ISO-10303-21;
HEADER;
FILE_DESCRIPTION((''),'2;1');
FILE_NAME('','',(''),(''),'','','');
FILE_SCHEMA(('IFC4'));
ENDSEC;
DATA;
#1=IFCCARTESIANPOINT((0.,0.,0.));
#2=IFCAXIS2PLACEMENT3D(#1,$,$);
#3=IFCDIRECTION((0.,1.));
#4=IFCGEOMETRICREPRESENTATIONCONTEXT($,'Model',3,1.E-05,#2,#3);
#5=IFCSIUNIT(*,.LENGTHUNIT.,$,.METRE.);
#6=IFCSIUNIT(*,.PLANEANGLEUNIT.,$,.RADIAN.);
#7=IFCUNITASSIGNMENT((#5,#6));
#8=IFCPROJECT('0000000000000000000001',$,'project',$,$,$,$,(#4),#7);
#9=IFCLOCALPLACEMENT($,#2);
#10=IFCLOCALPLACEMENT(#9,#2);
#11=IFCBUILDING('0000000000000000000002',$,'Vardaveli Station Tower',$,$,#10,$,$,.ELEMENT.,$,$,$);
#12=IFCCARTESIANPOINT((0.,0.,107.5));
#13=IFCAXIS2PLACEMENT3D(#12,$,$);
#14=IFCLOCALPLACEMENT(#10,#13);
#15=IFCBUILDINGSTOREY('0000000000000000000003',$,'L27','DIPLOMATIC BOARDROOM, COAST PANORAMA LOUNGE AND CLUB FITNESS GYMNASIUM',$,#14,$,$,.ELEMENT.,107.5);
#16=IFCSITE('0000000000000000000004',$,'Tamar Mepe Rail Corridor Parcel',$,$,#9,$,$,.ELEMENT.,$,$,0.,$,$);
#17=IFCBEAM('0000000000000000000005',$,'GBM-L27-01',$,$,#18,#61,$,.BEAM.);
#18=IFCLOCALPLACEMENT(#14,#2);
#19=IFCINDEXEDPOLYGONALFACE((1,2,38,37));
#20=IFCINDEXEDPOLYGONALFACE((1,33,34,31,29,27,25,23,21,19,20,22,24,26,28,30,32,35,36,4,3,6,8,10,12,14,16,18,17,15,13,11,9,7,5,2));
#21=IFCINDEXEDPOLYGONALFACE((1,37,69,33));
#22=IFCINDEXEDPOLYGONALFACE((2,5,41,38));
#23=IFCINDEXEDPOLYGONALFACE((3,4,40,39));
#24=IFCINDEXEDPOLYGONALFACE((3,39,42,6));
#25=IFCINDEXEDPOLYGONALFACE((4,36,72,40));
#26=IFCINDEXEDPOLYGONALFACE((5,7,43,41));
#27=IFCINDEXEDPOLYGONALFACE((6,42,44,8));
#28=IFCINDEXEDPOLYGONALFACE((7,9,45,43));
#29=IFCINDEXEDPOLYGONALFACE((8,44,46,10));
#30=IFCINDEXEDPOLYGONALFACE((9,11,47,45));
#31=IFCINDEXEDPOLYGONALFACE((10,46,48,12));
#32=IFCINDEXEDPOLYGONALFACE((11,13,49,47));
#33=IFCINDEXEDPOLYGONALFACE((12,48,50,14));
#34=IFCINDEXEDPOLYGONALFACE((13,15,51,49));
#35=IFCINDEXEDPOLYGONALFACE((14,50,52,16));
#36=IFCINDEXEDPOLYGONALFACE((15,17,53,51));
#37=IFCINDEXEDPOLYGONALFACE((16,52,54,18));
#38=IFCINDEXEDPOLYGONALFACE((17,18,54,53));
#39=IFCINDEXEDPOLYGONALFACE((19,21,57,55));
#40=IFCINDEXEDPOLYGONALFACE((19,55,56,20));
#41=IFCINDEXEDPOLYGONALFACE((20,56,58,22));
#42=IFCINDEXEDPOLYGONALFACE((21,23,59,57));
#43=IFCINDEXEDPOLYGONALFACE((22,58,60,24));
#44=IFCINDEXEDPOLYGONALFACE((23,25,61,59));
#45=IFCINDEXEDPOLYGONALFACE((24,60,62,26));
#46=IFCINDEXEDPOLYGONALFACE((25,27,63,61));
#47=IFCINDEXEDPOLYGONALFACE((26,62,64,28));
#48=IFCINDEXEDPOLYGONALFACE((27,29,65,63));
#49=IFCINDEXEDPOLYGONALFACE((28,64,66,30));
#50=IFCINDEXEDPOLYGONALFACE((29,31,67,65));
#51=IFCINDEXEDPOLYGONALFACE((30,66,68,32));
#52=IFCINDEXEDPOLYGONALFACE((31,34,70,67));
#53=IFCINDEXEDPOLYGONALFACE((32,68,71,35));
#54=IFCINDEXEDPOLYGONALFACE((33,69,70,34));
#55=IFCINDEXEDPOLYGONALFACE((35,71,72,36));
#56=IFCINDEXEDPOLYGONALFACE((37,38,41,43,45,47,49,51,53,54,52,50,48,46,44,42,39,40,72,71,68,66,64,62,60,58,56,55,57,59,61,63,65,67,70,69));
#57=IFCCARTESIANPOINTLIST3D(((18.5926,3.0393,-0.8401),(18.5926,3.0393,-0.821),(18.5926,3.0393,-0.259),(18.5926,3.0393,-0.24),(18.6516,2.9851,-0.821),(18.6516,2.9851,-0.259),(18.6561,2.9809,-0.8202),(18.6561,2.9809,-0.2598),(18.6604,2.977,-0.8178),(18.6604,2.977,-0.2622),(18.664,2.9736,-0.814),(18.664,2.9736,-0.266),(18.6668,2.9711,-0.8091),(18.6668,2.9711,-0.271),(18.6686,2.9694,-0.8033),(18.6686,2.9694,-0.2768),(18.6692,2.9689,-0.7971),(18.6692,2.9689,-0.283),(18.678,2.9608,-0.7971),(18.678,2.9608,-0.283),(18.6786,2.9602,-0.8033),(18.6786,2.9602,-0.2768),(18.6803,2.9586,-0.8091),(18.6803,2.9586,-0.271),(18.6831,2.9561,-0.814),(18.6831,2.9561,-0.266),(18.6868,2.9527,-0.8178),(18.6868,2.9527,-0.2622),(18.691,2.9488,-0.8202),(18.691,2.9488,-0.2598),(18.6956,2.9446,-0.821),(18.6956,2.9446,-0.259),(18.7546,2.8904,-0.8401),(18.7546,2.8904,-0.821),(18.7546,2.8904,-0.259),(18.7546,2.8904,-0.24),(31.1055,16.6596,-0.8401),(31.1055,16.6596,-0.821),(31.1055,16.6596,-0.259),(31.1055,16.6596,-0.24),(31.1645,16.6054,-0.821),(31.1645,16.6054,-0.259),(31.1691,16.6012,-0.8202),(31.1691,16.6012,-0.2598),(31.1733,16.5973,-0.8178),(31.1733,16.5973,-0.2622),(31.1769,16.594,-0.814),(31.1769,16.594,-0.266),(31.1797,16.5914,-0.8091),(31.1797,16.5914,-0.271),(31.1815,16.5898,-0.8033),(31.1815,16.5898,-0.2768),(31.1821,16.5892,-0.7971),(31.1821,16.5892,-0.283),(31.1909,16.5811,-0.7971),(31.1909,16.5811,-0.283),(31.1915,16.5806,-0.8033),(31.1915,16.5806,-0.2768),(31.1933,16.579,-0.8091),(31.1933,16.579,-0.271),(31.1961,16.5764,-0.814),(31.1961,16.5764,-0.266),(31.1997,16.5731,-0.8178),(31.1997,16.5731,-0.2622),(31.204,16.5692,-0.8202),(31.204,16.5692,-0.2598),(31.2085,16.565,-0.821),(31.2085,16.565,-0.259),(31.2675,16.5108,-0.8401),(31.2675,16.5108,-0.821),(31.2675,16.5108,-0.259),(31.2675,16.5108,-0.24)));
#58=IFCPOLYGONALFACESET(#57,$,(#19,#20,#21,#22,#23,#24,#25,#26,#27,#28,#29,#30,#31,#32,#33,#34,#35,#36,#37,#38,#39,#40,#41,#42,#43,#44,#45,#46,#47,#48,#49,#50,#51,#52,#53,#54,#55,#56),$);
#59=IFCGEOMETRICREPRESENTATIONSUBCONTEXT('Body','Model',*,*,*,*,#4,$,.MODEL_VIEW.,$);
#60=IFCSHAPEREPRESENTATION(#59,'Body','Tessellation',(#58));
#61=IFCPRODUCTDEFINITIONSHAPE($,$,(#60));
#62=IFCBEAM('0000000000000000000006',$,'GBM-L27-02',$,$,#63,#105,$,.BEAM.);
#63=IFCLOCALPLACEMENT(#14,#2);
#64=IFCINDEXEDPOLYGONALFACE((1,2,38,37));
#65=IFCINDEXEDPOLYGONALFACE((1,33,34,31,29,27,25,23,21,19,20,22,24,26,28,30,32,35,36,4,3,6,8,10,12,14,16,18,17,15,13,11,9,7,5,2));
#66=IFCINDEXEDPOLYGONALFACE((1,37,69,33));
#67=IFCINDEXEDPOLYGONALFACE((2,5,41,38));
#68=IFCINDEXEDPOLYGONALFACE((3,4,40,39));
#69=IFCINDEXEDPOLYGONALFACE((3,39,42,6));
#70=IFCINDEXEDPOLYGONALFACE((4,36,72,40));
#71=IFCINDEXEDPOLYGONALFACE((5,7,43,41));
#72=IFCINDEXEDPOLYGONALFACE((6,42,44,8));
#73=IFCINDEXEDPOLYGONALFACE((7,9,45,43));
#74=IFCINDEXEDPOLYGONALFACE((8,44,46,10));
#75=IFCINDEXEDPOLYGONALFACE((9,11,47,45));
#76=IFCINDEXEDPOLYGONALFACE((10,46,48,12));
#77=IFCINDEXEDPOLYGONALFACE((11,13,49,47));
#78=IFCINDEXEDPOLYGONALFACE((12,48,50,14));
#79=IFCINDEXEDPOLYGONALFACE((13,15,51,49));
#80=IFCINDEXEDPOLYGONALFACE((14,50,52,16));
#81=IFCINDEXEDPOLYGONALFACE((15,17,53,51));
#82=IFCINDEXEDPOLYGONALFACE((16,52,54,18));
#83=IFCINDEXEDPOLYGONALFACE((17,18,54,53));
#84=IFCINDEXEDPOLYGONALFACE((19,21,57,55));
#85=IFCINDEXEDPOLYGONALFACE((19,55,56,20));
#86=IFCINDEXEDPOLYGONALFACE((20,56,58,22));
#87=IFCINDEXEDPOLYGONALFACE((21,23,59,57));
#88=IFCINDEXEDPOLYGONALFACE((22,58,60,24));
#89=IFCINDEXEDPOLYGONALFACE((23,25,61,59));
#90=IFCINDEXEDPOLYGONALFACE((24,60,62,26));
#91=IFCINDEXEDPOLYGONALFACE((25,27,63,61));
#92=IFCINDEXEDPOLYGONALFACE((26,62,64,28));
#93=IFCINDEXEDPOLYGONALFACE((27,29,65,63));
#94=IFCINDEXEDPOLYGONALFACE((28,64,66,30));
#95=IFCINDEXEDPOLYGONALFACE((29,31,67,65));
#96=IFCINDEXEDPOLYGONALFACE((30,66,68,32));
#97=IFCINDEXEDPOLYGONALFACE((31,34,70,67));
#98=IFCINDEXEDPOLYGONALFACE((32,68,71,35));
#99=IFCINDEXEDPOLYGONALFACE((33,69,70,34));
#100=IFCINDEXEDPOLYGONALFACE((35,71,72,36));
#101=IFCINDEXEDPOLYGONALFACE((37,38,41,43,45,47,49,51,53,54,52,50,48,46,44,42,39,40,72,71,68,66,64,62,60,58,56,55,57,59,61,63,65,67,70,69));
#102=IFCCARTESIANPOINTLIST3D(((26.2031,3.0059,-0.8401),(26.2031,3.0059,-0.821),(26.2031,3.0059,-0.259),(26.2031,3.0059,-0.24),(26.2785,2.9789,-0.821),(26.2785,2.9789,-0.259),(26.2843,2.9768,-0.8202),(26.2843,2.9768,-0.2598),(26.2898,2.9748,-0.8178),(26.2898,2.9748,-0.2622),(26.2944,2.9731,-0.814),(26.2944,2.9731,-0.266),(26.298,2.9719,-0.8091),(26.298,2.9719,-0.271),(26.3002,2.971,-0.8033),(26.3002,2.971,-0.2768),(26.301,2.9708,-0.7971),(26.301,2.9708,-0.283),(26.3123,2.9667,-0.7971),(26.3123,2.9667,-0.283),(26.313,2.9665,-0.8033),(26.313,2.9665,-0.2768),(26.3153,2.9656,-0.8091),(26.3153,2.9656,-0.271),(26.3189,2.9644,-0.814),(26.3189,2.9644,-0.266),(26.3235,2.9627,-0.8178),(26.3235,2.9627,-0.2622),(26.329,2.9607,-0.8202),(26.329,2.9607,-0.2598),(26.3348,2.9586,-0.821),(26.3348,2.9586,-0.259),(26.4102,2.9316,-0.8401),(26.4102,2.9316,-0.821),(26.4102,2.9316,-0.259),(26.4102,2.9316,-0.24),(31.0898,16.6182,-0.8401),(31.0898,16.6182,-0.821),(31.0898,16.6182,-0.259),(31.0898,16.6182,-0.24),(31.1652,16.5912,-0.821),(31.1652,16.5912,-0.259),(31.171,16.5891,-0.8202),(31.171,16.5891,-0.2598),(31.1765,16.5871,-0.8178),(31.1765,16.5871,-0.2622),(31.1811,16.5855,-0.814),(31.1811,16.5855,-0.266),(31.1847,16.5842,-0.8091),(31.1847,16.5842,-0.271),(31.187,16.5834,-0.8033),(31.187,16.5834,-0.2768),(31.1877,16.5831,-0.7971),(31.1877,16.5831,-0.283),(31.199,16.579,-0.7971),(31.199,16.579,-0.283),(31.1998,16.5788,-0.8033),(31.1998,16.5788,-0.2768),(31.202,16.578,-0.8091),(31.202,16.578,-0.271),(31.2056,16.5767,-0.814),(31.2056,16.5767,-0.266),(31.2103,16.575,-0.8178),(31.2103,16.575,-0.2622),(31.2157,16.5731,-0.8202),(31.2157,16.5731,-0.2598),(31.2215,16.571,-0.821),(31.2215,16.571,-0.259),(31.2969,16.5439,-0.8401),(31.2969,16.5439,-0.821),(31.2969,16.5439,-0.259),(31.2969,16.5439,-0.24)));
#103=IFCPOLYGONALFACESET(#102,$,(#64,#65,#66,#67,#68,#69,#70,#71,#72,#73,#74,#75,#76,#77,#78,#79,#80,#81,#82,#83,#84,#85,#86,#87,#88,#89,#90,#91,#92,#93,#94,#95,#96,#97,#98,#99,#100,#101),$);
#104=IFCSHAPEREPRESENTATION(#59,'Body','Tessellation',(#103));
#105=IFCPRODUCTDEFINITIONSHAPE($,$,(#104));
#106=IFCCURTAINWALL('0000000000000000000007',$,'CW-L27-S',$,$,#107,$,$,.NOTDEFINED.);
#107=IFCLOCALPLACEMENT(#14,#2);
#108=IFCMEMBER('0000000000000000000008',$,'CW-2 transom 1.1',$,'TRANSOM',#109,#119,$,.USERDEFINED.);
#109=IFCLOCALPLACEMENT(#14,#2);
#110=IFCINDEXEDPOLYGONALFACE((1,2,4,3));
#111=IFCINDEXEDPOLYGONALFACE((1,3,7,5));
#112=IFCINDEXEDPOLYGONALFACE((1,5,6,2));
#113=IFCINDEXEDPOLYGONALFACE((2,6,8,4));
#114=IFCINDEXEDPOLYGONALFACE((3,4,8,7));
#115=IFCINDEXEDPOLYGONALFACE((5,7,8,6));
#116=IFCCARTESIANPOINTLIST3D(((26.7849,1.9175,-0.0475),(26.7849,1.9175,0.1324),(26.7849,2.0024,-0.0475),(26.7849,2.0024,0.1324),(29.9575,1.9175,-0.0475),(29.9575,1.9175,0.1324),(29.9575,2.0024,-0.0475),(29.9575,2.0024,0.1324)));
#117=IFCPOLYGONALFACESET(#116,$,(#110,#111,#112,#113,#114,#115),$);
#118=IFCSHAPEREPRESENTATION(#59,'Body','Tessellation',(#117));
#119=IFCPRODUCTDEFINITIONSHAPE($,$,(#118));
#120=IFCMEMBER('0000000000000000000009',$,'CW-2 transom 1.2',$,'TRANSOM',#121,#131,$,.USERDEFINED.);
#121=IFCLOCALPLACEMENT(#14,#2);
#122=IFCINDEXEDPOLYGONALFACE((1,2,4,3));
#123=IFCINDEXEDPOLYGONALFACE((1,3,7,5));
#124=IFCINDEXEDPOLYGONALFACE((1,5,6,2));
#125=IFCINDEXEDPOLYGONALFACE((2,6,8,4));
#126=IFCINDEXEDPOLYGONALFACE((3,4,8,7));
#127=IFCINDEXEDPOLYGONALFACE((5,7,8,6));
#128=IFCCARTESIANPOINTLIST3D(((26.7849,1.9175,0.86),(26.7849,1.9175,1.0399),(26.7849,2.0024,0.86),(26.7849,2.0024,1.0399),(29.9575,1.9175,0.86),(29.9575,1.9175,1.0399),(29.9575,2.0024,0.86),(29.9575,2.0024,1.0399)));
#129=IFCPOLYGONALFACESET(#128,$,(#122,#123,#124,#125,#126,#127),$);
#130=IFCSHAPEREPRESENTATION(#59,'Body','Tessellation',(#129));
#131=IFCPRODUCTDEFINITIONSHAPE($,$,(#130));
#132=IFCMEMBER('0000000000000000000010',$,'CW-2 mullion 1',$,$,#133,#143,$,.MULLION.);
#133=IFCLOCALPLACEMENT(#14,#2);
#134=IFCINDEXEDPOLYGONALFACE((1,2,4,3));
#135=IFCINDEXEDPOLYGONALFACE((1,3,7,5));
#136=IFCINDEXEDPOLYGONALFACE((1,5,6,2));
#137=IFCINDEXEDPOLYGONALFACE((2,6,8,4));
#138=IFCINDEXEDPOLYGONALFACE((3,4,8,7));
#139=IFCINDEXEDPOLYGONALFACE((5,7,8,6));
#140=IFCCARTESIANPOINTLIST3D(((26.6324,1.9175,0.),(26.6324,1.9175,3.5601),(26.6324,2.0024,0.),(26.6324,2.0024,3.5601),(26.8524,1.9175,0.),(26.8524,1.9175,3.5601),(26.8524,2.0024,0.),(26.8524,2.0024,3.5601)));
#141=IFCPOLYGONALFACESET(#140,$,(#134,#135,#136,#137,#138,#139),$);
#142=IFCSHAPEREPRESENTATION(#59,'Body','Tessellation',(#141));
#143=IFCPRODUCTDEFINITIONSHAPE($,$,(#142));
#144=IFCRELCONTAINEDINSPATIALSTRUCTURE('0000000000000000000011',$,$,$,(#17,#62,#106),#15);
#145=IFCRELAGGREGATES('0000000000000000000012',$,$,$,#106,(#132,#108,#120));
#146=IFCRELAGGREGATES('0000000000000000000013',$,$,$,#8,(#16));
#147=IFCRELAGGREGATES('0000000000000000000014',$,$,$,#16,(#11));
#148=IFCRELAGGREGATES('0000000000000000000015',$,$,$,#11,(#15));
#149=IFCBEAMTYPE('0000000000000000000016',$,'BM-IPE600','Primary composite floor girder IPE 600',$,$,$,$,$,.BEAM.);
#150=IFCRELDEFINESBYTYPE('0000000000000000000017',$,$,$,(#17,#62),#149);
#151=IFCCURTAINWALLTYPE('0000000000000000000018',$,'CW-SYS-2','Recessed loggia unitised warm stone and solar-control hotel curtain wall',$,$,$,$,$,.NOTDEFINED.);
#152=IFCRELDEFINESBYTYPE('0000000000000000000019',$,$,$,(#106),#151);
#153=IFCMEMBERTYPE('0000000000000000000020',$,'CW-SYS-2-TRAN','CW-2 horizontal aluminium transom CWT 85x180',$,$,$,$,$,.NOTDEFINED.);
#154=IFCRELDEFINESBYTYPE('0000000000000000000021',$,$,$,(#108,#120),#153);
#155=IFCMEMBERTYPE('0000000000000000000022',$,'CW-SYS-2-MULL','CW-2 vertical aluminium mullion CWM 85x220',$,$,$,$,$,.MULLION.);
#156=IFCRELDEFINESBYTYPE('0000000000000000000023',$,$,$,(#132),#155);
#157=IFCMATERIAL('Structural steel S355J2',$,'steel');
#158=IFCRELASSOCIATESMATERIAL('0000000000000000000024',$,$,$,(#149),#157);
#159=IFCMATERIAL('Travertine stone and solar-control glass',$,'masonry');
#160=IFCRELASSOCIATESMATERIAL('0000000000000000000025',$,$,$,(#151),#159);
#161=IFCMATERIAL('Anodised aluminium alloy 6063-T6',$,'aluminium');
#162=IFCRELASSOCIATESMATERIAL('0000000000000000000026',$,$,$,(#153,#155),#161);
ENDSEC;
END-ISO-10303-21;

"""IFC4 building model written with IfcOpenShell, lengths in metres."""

from ifc_helpers import new_model, si_unit, direction, frame, origin, origin_2d, place, context, subcontext, project, spatial, rectangle, i_section, extrude, source, transform, mapped, material, material_profile, profile_set, type_object, element, aggregate, save


model = new_model("IFC4")

# Units and contexts
model_context = context("Model", 3, precision=1e-05, world=origin(), true_north=direction((0.0, 1.0)))
body_context = subcontext(model_context, "Body", "Model", "MODEL_VIEW")
ifc_project = project(units=[si_unit("LENGTHUNIT", "METRE"), si_unit("PLANEANGLEUNIT", "RADIAN")], contexts=[model_context])

# Site, building, storey
site_placement = place(None, origin())
site = spatial("IfcSite", under=ifc_project, at=site_placement, Name="Tamar Mepe Rail Corridor Parcel", CompositionType="ELEMENT", RefElevation=0.0)
building_placement = place(site_placement, origin())
building = spatial("IfcBuilding", under=site, at=building_placement, Name="Vardaveli Station Tower", CompositionType="ELEMENT")
storey_placement = place(building_placement, frame((0.0, 0.0, 107.5)))
storey = spatial("IfcBuildingStorey", under=building, at=storey_placement, Name="L27", Description="DIPLOMATIC BOARDROOM, COAST PANORAMA LOUNGE AND CLUB FITNESS GYMNASIUM", CompositionType="ELEMENT", Elevation=107.5)

# Beams
ifc_material_1 = material(Name="Structural steel S355J2", Category="steel")
ifc_material_profile_1 = material_profile(ifc_material_1, i_section(OverallWidth=0.22, OverallDepth=0.6001, WebThickness=0.012, FlangeThickness=0.019, FilletRadius=0.0239, at=origin_2d()), Name="IPE 600")
ifc_profile_set_1 = profile_set([ifc_material_profile_1], Name="Structural steel S355J2")
beam_type_1 = type_object("IfcBeamType", Name="BM-IPE600", Description="Primary composite floor girder IPE 600", PredefinedType="BEAM", material=ifc_profile_set_1)
shared_shape_1 = source(origin(), body_context, "Body", "SweptSolid", [
    extrude(i_section(OverallWidth=0.22, OverallDepth=0.6001, WebThickness=0.012, FlangeThickness=0.019, FilletRadius=0.0239, at=origin_2d()), origin(), (0.0, 0.0, 1.0), 18.4956),
])
beam_1_placement = place(storey_placement, frame((18.6736, 2.9648, -0.54), z_axis=(0.676535, 0.73641, 0.0), x_axis=(-0.73641, 0.676535, 0.0)))
element("IfcBeam", 1, at=beam_1_placement, inside=storey, type_object=beam_type_1, Name="GBM-L27-01", PredefinedType="BEAM", context=body_context, shape_type="MappedRepresentation", body=[
    mapped(shared_shape_1, transform((0.0, 0.0, 0.0), scale=1.0)),
])
shared_shape_2 = source(origin(), body_context, "Body", "SweptSolid", [
    extrude(i_section(OverallWidth=0.22, OverallDepth=0.6001, WebThickness=0.012, FlangeThickness=0.019, FilletRadius=0.0239, at=origin_2d()), origin(), (0.0, 0.0, 1.0), 14.4629),
])
beam_2_placement = place(storey_placement, frame((26.3066, 2.9688, -0.54), z_axis=(0.33788, 0.941189, 0.0), x_axis=(-0.941189, 0.33788, 0.0)))
element("IfcBeam", 2, at=beam_2_placement, inside=storey, type_object=beam_type_1, Name="GBM-L27-02", PredefinedType="BEAM", context=body_context, shape_type="MappedRepresentation", body=[
    mapped(shared_shape_2, transform((0.0, 0.0, 0.0), scale=1.0)),
])

# Curtain wall, members
ifc_material_2 = material(Name="Travertine stone and solar-control glass", Category="masonry")
curtain_wall_type = type_object("IfcCurtainWallType", Name="CW-SYS-2", Description="Recessed loggia unitised warm stone and solar-control hotel curtain wall", PredefinedType="NOTDEFINED", material=ifc_material_2)
curtain_wall_placement = place(storey_placement, origin())
curtain_wall = element("IfcCurtainWall", 3, at=curtain_wall_placement, inside=storey, type_object=curtain_wall_type, Name="CW-L27-S", PredefinedType="NOTDEFINED")
ifc_material_3 = material(Name="Anodised aluminium alloy 6063-T6", Category="aluminium")
ifc_material_profile_2 = material_profile(ifc_material_3, rectangle(XDim=0.085, YDim=0.1799, at=origin_2d()), Name="CWT 85x180")
ifc_profile_set_2 = profile_set([ifc_material_profile_2], Name="Anodised aluminium alloy 6063-T6")
member_type_1 = type_object("IfcMemberType", Name="CW-SYS-2-TRAN", Description="CW-2 horizontal aluminium transom CWT 85x180", PredefinedType="NOTDEFINED", material=ifc_profile_set_2)
shared_shape_3 = source(origin(), body_context, "Body", "SweptSolid", [
    extrude(rectangle(XDim=0.085, YDim=0.1799, at=origin_2d()), origin(), (0.0, 0.0, 1.0), 3.1726),
])
member_1_placement = place(storey_placement, frame((26.7849, 1.96, 0.0425), z_axis=(1.0, 0.0, 0.0), x_axis=(0.0, 1.0, 0.0)))
member_1 = element("IfcMember", 4, at=member_1_placement, type_object=member_type_1, Name="CW-2 transom 1.1", ObjectType="TRANSOM", PredefinedType="USERDEFINED", context=body_context, shape_type="MappedRepresentation", body=[
    mapped(shared_shape_3, transform((0.0, 0.0, 0.0), scale=1.0)),
])
member_2_placement = place(storey_placement, frame((26.7849, 1.96, 0.95), z_axis=(1.0, 0.0, 0.0), x_axis=(0.0, 1.0, 0.0)))
member_2 = element("IfcMember", 5, at=member_2_placement, type_object=member_type_1, Name="CW-2 transom 1.2", ObjectType="TRANSOM", PredefinedType="USERDEFINED", context=body_context, shape_type="MappedRepresentation", body=[
    mapped(shared_shape_3, transform((0.0, 0.0, 0.0), scale=1.0)),
])
ifc_material_profile_3 = material_profile(ifc_material_3, rectangle(XDim=0.085, YDim=0.22, at=origin_2d()), Name="CWM 85x220")
ifc_profile_set_3 = profile_set([ifc_material_profile_3], Name="Anodised aluminium alloy 6063-T6")
member_type_2 = type_object("IfcMemberType", Name="CW-SYS-2-MULL", Description="CW-2 vertical aluminium mullion CWM 85x220", PredefinedType="MULLION", material=ifc_profile_set_3)
shared_shape_4 = source(origin(), body_context, "Body", "SweptSolid", [
    extrude(rectangle(XDim=0.085, YDim=0.22, at=origin_2d()), origin(), (0.0, 0.0, 1.0), 3.5601),
])
member_3_placement = place(storey_placement, frame((26.7424, 1.96, 0.0), z_axis=(0.0, 0.0, 1.0), x_axis=(0.0, 1.0, 0.0)))
member_3 = element("IfcMember", 6, at=member_3_placement, type_object=member_type_2, Name="CW-2 mullion 1", PredefinedType="MULLION", context=body_context, shape_type="MappedRepresentation", body=[
    mapped(shared_shape_4, transform((0.0, 0.0, 0.0), scale=1.0)),
])
aggregate(curtain_wall, [member_3, member_1, member_2])

save(model, "model.ifc")
